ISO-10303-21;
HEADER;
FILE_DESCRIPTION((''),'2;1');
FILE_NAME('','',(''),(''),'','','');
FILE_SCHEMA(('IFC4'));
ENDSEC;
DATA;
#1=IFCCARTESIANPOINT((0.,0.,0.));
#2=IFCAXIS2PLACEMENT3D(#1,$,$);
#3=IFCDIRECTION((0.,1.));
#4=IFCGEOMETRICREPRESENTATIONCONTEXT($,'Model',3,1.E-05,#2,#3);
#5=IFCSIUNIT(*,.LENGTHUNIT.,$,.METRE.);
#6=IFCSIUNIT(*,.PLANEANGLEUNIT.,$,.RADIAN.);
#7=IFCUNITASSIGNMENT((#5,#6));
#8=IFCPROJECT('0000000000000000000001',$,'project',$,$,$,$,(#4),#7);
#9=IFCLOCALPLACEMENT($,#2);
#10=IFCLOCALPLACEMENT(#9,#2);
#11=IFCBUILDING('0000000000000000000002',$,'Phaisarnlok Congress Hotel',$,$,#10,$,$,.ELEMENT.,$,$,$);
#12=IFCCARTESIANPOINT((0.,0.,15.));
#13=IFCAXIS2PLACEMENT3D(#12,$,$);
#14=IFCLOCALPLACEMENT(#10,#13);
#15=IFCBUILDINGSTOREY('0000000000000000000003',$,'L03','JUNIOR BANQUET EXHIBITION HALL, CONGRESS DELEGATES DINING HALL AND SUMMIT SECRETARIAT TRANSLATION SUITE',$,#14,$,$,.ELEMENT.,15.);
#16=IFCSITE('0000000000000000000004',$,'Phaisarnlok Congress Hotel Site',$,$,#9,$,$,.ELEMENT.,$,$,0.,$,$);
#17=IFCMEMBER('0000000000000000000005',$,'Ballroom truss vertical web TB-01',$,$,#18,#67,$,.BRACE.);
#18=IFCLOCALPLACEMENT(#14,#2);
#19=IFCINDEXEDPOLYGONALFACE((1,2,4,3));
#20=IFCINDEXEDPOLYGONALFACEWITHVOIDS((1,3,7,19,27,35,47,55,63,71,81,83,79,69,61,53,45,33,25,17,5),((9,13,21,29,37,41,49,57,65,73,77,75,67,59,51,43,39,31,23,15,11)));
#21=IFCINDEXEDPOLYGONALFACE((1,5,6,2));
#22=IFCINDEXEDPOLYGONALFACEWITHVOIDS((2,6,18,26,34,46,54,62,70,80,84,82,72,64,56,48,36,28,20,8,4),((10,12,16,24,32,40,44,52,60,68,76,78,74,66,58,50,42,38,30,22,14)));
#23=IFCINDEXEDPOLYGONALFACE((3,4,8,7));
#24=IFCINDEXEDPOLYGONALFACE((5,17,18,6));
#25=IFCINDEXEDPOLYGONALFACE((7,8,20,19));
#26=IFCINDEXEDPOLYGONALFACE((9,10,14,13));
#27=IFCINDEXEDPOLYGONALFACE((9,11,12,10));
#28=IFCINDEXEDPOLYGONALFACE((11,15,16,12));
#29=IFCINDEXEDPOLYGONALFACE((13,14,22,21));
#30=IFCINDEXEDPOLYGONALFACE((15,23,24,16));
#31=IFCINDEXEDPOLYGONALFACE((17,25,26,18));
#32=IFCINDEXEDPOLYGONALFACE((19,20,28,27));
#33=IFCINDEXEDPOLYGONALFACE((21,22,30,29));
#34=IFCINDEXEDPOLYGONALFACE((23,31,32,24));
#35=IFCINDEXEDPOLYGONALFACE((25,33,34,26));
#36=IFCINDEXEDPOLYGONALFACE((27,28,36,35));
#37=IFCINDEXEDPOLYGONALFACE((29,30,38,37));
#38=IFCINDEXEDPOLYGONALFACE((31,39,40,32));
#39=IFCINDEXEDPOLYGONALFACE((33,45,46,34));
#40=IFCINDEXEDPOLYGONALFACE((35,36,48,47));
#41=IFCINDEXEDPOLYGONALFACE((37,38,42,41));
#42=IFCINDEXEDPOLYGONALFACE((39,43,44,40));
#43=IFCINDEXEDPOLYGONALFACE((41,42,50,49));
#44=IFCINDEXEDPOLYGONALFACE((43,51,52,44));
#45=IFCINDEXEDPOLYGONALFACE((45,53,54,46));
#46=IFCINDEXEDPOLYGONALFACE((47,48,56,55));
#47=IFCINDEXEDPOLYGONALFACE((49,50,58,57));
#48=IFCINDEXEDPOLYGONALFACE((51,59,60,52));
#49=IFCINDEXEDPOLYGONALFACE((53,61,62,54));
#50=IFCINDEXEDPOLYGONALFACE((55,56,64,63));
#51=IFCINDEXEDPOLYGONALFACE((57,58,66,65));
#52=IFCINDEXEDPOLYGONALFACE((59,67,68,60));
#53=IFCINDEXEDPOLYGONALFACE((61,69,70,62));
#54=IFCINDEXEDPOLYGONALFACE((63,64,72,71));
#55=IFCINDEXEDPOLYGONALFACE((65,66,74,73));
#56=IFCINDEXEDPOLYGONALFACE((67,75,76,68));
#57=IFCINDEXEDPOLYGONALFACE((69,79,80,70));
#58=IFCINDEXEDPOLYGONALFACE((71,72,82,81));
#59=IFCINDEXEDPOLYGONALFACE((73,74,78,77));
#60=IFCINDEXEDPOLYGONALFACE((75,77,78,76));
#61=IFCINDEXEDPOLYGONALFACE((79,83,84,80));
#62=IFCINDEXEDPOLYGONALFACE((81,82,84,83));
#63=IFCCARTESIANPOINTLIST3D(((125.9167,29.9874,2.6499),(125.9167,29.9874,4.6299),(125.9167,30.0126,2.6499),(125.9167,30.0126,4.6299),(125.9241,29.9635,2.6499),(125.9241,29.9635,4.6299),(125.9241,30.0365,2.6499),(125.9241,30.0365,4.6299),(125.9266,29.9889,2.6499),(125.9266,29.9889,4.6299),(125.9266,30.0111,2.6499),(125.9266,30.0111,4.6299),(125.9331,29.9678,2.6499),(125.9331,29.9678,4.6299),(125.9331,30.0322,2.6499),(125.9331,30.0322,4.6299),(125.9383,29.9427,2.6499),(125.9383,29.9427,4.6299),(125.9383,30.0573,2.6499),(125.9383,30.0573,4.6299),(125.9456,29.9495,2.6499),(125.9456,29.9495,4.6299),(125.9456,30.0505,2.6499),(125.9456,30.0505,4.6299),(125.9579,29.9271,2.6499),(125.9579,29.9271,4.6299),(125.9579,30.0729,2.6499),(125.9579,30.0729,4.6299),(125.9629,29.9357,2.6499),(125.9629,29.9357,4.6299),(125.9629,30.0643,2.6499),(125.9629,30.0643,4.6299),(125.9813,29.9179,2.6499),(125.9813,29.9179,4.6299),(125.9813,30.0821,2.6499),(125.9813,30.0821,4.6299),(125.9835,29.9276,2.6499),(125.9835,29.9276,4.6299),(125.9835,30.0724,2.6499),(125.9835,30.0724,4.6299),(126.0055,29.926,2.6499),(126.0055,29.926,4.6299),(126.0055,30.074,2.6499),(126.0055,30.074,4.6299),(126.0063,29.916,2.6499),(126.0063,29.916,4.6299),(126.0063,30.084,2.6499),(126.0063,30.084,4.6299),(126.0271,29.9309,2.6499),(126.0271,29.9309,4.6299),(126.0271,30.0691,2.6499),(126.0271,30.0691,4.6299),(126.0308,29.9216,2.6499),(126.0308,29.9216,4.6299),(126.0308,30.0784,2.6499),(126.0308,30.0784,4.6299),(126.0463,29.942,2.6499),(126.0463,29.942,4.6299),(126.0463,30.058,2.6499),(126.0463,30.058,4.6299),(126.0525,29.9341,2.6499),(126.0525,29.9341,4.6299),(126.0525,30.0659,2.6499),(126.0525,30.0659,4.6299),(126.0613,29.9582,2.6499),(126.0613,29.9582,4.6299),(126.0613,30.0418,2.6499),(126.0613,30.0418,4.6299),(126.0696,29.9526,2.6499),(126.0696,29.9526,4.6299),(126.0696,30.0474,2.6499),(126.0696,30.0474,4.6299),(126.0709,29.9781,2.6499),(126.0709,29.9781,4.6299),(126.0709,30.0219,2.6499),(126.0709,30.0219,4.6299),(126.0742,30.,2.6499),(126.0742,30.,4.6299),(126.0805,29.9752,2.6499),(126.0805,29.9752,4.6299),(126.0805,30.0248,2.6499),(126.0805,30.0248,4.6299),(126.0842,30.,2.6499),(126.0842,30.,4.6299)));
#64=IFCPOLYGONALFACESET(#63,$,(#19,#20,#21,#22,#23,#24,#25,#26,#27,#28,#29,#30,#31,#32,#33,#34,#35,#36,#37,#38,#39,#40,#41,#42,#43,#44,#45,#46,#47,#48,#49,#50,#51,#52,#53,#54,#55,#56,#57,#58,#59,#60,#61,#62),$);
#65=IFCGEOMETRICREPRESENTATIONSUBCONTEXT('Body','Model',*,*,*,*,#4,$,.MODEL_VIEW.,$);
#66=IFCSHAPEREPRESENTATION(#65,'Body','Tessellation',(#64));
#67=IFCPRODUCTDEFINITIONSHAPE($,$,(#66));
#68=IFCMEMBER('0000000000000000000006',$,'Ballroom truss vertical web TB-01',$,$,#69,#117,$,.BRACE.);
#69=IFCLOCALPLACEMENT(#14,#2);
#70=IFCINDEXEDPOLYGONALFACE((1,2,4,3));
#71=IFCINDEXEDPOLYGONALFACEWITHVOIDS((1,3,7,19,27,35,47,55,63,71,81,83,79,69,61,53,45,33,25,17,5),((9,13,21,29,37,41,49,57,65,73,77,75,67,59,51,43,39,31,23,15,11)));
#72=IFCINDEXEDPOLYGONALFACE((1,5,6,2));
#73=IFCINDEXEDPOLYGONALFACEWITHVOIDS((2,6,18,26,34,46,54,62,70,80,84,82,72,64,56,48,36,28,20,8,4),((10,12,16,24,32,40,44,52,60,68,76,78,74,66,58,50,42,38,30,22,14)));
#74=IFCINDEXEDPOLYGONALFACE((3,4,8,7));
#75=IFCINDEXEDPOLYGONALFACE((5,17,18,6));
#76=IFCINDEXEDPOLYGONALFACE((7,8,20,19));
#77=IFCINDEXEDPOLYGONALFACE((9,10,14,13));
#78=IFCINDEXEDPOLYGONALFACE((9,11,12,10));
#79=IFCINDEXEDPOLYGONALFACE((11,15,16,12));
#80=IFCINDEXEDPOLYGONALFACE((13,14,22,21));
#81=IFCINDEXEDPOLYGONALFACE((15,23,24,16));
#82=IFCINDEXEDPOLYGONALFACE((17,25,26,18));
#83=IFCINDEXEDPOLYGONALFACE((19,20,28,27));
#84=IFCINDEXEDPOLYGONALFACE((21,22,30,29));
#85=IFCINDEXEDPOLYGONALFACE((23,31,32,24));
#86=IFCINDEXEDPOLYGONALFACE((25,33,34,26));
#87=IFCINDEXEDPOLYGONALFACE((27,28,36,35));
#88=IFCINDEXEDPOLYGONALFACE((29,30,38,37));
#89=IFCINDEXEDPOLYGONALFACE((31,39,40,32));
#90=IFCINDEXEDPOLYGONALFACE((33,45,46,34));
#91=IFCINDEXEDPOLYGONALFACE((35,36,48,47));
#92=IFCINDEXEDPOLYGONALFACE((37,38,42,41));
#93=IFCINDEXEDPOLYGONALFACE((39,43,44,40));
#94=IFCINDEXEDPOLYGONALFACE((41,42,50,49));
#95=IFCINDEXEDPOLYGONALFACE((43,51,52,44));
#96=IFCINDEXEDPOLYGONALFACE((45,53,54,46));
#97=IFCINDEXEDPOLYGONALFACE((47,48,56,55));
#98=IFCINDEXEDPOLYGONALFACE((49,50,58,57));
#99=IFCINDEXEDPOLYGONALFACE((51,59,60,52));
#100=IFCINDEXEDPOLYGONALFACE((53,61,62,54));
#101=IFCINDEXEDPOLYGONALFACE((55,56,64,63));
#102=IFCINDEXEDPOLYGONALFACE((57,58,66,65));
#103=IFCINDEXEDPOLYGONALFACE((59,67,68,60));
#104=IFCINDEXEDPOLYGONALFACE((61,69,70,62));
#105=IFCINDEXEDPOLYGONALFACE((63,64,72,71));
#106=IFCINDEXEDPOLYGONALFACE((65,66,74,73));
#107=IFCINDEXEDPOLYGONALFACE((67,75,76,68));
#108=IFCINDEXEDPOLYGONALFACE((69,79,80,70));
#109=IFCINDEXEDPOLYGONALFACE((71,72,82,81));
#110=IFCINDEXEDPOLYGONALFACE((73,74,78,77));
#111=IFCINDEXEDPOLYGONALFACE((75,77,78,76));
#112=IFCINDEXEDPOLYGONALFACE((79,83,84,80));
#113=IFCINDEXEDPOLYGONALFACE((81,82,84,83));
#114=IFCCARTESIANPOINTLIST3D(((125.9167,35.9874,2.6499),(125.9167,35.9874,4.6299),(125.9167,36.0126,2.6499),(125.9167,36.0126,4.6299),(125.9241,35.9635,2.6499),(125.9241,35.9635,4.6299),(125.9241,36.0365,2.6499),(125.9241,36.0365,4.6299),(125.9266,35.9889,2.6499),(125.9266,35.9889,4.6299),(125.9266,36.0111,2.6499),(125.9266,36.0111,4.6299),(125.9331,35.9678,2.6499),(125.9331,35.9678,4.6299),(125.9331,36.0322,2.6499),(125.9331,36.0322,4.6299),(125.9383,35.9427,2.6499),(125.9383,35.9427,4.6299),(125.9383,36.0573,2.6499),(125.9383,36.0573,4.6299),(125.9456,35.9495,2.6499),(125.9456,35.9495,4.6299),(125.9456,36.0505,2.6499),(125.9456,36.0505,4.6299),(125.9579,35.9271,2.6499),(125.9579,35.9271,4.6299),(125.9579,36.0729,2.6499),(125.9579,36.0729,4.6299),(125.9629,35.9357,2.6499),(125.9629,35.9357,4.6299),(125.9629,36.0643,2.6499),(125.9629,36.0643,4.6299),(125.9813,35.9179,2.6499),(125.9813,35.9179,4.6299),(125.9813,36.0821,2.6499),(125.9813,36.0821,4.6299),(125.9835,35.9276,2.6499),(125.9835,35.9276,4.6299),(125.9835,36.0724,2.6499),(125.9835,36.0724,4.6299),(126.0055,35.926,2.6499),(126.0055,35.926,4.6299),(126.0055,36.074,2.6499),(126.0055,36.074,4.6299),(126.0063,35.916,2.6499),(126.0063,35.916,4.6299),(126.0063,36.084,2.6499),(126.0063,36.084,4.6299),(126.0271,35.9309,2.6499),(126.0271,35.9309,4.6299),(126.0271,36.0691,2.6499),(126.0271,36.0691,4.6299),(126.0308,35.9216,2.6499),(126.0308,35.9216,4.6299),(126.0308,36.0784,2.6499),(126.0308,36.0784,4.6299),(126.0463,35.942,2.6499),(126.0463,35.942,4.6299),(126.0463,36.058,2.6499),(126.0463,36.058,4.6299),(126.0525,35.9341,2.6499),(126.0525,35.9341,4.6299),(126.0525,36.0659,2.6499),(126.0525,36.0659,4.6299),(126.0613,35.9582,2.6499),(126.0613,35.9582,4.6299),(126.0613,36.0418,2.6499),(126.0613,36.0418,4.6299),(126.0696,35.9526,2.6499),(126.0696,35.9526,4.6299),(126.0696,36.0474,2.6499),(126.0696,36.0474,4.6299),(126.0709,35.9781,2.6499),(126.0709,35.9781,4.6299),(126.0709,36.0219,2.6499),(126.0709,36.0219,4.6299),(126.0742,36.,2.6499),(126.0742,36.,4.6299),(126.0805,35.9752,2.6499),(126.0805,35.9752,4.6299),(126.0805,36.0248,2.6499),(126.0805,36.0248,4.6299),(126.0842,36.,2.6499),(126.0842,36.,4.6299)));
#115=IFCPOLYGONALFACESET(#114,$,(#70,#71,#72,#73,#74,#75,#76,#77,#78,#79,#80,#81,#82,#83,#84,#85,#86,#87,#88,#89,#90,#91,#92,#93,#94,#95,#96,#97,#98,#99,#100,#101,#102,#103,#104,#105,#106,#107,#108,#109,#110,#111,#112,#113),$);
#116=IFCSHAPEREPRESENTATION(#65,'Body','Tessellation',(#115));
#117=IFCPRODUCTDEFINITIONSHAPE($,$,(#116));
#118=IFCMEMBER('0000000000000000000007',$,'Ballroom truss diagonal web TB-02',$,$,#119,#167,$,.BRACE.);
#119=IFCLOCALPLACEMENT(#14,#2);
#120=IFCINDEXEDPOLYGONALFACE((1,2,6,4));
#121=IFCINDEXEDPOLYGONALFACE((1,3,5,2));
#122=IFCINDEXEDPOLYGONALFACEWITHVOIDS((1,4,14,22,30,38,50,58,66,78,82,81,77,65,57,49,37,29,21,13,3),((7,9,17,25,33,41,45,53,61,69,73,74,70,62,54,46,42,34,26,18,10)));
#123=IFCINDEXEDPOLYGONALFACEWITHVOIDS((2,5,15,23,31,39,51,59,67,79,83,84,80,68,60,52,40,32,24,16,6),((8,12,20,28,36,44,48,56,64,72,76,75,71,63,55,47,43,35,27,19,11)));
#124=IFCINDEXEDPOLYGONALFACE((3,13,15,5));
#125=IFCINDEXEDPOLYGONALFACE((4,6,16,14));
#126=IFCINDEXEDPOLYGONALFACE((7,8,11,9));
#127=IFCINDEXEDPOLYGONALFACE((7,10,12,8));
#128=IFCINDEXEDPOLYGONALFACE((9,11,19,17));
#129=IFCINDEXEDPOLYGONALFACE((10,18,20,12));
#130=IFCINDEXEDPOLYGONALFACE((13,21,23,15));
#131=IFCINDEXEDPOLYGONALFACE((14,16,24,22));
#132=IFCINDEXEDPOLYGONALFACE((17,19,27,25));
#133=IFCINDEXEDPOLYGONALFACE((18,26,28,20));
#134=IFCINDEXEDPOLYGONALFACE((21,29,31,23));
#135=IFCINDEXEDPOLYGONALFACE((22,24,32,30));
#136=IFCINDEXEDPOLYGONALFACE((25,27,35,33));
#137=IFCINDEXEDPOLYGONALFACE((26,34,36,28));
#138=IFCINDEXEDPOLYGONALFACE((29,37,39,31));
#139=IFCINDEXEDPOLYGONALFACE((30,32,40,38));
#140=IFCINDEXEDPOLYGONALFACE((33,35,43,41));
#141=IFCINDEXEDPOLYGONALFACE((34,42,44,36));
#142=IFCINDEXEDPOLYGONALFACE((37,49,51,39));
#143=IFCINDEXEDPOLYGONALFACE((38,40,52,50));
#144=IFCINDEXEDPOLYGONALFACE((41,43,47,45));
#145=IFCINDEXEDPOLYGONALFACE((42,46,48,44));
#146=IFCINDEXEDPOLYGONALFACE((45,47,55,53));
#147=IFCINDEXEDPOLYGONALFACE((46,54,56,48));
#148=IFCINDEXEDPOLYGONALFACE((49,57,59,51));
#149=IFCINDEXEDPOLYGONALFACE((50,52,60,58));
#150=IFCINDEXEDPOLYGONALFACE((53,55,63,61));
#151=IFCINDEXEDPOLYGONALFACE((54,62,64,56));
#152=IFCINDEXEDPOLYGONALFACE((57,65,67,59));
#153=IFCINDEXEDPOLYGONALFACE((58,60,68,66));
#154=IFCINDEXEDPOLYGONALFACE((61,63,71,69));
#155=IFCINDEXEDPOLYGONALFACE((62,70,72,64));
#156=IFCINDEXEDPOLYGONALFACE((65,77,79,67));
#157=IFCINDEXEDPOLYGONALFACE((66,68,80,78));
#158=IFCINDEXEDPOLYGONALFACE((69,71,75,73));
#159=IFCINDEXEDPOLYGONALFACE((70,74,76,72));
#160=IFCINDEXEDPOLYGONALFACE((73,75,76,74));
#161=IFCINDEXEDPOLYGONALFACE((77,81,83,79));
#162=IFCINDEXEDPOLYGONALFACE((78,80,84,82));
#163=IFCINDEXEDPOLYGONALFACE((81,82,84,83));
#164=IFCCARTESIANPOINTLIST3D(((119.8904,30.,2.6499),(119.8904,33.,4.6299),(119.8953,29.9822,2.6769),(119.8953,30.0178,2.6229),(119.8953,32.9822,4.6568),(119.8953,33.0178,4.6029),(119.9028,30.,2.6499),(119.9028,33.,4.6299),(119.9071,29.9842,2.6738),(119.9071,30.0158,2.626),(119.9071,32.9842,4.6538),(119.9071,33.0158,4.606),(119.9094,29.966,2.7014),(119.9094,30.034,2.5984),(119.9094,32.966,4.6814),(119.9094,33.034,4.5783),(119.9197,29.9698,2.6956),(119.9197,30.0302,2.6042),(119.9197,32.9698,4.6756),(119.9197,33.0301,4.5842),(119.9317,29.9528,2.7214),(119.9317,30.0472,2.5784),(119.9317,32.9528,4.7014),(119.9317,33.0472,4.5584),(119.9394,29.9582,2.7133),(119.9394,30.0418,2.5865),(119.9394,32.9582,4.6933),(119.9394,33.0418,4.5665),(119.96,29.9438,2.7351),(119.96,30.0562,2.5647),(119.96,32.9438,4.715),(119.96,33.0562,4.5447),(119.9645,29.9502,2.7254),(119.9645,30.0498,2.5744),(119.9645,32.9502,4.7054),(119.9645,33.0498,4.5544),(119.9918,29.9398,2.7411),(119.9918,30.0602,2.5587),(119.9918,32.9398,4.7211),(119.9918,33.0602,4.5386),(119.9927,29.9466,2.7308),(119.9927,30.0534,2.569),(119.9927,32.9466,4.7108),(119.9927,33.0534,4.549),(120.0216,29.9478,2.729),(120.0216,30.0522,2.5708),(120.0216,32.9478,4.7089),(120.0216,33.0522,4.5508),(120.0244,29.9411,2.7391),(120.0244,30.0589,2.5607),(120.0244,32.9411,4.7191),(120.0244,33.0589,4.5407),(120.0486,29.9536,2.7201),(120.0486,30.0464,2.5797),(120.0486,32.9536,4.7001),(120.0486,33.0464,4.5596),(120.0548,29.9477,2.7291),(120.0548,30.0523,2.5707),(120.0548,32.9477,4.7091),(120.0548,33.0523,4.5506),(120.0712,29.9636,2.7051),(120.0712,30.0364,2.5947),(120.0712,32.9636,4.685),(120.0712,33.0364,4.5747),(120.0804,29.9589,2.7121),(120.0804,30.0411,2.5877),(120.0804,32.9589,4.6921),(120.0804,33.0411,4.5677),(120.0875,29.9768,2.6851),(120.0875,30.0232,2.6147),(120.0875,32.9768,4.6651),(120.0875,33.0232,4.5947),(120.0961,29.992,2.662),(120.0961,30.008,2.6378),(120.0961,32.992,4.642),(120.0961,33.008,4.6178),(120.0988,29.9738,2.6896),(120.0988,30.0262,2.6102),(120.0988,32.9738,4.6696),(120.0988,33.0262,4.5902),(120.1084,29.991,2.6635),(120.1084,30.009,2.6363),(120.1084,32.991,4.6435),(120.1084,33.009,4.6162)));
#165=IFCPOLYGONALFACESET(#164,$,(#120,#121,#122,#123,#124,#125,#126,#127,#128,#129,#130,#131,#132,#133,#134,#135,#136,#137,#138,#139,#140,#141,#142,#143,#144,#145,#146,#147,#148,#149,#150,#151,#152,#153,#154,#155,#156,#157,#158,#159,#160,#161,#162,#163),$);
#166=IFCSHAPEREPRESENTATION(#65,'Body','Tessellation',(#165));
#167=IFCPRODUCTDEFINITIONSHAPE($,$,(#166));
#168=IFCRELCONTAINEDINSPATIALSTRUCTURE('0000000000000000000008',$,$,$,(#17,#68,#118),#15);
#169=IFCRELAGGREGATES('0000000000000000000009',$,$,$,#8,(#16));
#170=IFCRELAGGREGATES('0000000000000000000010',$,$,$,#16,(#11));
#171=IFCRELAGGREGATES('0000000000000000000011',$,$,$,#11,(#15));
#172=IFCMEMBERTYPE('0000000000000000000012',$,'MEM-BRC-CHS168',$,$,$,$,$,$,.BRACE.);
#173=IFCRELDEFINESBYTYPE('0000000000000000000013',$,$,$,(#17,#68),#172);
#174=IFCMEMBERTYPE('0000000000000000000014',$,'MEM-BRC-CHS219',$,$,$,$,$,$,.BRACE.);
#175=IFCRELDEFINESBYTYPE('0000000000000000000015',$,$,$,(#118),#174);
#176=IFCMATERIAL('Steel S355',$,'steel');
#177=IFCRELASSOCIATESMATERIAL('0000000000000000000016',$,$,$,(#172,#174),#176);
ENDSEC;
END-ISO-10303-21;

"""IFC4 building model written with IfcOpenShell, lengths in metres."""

from ifc_helpers import new_model, si_unit, direction, frame, origin, origin_2d, place, context, subcontext, project, spatial, hollow_circle, extrude, material, material_profile, profile_set, type_object, element, save


model = new_model("IFC4")

# Units and contexts
model_context = context("Model", 3, precision=1e-05, world=origin(), true_north=direction((0.0, 1.0)))
body_context = subcontext(model_context, "Body", "Model", "MODEL_VIEW")
ifc_project = project(units=[si_unit("LENGTHUNIT", "METRE"), si_unit("PLANEANGLEUNIT", "RADIAN")], contexts=[model_context])

# Site, building, storey
site_placement = place(None, origin())
site = spatial("IfcSite", under=ifc_project, at=site_placement, Name="Phaisarnlok Congress Hotel Site", CompositionType="ELEMENT", RefElevation=0.0)
building_placement = place(site_placement, origin())
building = spatial("IfcBuilding", under=site, at=building_placement, Name="Phaisarnlok Congress Hotel", CompositionType="ELEMENT")
storey_placement = place(building_placement, frame((0.0, 0.0, 15.0)))
storey = spatial("IfcBuildingStorey", under=building, at=storey_placement, Name="L03", Description="JUNIOR BANQUET EXHIBITION HALL, CONGRESS DELEGATES DINING HALL AND SUMMIT SECRETARIAT TRANSLATION SUITE", CompositionType="ELEMENT", Elevation=15.0)

# Shared definitions
ifc_material_1 = material(Name="Steel S355", Category="steel")

# Members
ifc_material_profile_1 = material_profile(ifc_material_1, hollow_circle(Radius=0.0842, WallThickness=0.01, at=origin_2d()), Name="CHS 168.3x10")
ifc_profile_set_1 = profile_set([ifc_material_profile_1], Name="Steel S355")
member_type_1 = type_object("IfcMemberType", Name="MEM-BRC-CHS168", PredefinedType="BRACE", material=ifc_profile_set_1)
for number, where, z_axis, x_axis, name in (
    (1, (126.0, 30.0, 2.6499), (0.0, 0.0, 1.0), (1.0, 0.0, 0.0), "Ballroom truss vertical web TB-01"),
    (2, (126.0, 36.0, 2.6499), (0.0, 0.0, 1.0), (1.0, 0.0, 0.0), "Ballroom truss vertical web TB-01"),
):
    element("IfcMember", number, at=place(storey_placement, frame(where, z_axis=z_axis, x_axis=x_axis)), inside=storey, type_object=member_type_1, Name=name, PredefinedType="BRACE", context=body_context, shape_type="SweptSolid", body=[
        extrude(hollow_circle(Radius=0.0842, WallThickness=0.01, at=origin_2d()), origin(), (0.0, 0.0, 1.0), 1.98),
    ])
ifc_material_profile_2 = material_profile(ifc_material_1, hollow_circle(Radius=0.1096, WallThickness=0.0125, at=origin_2d()), Name="CHS 219.1x12.5")
ifc_profile_set_2 = profile_set([ifc_material_profile_2], Name="Steel S355")
member_type_2 = type_object("IfcMemberType", Name="MEM-BRC-CHS219", PredefinedType="BRACE", material=ifc_profile_set_2)
for number, where, z_axis, x_axis, name in (
    (3, (120.0, 30.0, 2.6499), (0.0, 0.834612, 0.550838), (-1.0, 0.0, 0.0), "Ballroom truss diagonal web TB-02"),
):
    element("IfcMember", number, at=place(storey_placement, frame(where, z_axis=z_axis, x_axis=x_axis)), inside=storey, type_object=member_type_2, Name=name, PredefinedType="BRACE", context=body_context, shape_type="SweptSolid", body=[
        extrude(hollow_circle(Radius=0.1096, WallThickness=0.0125, at=origin_2d()), origin(), (0.0, 0.0, 1.0), 3.5945),
    ])

save(model, "model.ifc")
